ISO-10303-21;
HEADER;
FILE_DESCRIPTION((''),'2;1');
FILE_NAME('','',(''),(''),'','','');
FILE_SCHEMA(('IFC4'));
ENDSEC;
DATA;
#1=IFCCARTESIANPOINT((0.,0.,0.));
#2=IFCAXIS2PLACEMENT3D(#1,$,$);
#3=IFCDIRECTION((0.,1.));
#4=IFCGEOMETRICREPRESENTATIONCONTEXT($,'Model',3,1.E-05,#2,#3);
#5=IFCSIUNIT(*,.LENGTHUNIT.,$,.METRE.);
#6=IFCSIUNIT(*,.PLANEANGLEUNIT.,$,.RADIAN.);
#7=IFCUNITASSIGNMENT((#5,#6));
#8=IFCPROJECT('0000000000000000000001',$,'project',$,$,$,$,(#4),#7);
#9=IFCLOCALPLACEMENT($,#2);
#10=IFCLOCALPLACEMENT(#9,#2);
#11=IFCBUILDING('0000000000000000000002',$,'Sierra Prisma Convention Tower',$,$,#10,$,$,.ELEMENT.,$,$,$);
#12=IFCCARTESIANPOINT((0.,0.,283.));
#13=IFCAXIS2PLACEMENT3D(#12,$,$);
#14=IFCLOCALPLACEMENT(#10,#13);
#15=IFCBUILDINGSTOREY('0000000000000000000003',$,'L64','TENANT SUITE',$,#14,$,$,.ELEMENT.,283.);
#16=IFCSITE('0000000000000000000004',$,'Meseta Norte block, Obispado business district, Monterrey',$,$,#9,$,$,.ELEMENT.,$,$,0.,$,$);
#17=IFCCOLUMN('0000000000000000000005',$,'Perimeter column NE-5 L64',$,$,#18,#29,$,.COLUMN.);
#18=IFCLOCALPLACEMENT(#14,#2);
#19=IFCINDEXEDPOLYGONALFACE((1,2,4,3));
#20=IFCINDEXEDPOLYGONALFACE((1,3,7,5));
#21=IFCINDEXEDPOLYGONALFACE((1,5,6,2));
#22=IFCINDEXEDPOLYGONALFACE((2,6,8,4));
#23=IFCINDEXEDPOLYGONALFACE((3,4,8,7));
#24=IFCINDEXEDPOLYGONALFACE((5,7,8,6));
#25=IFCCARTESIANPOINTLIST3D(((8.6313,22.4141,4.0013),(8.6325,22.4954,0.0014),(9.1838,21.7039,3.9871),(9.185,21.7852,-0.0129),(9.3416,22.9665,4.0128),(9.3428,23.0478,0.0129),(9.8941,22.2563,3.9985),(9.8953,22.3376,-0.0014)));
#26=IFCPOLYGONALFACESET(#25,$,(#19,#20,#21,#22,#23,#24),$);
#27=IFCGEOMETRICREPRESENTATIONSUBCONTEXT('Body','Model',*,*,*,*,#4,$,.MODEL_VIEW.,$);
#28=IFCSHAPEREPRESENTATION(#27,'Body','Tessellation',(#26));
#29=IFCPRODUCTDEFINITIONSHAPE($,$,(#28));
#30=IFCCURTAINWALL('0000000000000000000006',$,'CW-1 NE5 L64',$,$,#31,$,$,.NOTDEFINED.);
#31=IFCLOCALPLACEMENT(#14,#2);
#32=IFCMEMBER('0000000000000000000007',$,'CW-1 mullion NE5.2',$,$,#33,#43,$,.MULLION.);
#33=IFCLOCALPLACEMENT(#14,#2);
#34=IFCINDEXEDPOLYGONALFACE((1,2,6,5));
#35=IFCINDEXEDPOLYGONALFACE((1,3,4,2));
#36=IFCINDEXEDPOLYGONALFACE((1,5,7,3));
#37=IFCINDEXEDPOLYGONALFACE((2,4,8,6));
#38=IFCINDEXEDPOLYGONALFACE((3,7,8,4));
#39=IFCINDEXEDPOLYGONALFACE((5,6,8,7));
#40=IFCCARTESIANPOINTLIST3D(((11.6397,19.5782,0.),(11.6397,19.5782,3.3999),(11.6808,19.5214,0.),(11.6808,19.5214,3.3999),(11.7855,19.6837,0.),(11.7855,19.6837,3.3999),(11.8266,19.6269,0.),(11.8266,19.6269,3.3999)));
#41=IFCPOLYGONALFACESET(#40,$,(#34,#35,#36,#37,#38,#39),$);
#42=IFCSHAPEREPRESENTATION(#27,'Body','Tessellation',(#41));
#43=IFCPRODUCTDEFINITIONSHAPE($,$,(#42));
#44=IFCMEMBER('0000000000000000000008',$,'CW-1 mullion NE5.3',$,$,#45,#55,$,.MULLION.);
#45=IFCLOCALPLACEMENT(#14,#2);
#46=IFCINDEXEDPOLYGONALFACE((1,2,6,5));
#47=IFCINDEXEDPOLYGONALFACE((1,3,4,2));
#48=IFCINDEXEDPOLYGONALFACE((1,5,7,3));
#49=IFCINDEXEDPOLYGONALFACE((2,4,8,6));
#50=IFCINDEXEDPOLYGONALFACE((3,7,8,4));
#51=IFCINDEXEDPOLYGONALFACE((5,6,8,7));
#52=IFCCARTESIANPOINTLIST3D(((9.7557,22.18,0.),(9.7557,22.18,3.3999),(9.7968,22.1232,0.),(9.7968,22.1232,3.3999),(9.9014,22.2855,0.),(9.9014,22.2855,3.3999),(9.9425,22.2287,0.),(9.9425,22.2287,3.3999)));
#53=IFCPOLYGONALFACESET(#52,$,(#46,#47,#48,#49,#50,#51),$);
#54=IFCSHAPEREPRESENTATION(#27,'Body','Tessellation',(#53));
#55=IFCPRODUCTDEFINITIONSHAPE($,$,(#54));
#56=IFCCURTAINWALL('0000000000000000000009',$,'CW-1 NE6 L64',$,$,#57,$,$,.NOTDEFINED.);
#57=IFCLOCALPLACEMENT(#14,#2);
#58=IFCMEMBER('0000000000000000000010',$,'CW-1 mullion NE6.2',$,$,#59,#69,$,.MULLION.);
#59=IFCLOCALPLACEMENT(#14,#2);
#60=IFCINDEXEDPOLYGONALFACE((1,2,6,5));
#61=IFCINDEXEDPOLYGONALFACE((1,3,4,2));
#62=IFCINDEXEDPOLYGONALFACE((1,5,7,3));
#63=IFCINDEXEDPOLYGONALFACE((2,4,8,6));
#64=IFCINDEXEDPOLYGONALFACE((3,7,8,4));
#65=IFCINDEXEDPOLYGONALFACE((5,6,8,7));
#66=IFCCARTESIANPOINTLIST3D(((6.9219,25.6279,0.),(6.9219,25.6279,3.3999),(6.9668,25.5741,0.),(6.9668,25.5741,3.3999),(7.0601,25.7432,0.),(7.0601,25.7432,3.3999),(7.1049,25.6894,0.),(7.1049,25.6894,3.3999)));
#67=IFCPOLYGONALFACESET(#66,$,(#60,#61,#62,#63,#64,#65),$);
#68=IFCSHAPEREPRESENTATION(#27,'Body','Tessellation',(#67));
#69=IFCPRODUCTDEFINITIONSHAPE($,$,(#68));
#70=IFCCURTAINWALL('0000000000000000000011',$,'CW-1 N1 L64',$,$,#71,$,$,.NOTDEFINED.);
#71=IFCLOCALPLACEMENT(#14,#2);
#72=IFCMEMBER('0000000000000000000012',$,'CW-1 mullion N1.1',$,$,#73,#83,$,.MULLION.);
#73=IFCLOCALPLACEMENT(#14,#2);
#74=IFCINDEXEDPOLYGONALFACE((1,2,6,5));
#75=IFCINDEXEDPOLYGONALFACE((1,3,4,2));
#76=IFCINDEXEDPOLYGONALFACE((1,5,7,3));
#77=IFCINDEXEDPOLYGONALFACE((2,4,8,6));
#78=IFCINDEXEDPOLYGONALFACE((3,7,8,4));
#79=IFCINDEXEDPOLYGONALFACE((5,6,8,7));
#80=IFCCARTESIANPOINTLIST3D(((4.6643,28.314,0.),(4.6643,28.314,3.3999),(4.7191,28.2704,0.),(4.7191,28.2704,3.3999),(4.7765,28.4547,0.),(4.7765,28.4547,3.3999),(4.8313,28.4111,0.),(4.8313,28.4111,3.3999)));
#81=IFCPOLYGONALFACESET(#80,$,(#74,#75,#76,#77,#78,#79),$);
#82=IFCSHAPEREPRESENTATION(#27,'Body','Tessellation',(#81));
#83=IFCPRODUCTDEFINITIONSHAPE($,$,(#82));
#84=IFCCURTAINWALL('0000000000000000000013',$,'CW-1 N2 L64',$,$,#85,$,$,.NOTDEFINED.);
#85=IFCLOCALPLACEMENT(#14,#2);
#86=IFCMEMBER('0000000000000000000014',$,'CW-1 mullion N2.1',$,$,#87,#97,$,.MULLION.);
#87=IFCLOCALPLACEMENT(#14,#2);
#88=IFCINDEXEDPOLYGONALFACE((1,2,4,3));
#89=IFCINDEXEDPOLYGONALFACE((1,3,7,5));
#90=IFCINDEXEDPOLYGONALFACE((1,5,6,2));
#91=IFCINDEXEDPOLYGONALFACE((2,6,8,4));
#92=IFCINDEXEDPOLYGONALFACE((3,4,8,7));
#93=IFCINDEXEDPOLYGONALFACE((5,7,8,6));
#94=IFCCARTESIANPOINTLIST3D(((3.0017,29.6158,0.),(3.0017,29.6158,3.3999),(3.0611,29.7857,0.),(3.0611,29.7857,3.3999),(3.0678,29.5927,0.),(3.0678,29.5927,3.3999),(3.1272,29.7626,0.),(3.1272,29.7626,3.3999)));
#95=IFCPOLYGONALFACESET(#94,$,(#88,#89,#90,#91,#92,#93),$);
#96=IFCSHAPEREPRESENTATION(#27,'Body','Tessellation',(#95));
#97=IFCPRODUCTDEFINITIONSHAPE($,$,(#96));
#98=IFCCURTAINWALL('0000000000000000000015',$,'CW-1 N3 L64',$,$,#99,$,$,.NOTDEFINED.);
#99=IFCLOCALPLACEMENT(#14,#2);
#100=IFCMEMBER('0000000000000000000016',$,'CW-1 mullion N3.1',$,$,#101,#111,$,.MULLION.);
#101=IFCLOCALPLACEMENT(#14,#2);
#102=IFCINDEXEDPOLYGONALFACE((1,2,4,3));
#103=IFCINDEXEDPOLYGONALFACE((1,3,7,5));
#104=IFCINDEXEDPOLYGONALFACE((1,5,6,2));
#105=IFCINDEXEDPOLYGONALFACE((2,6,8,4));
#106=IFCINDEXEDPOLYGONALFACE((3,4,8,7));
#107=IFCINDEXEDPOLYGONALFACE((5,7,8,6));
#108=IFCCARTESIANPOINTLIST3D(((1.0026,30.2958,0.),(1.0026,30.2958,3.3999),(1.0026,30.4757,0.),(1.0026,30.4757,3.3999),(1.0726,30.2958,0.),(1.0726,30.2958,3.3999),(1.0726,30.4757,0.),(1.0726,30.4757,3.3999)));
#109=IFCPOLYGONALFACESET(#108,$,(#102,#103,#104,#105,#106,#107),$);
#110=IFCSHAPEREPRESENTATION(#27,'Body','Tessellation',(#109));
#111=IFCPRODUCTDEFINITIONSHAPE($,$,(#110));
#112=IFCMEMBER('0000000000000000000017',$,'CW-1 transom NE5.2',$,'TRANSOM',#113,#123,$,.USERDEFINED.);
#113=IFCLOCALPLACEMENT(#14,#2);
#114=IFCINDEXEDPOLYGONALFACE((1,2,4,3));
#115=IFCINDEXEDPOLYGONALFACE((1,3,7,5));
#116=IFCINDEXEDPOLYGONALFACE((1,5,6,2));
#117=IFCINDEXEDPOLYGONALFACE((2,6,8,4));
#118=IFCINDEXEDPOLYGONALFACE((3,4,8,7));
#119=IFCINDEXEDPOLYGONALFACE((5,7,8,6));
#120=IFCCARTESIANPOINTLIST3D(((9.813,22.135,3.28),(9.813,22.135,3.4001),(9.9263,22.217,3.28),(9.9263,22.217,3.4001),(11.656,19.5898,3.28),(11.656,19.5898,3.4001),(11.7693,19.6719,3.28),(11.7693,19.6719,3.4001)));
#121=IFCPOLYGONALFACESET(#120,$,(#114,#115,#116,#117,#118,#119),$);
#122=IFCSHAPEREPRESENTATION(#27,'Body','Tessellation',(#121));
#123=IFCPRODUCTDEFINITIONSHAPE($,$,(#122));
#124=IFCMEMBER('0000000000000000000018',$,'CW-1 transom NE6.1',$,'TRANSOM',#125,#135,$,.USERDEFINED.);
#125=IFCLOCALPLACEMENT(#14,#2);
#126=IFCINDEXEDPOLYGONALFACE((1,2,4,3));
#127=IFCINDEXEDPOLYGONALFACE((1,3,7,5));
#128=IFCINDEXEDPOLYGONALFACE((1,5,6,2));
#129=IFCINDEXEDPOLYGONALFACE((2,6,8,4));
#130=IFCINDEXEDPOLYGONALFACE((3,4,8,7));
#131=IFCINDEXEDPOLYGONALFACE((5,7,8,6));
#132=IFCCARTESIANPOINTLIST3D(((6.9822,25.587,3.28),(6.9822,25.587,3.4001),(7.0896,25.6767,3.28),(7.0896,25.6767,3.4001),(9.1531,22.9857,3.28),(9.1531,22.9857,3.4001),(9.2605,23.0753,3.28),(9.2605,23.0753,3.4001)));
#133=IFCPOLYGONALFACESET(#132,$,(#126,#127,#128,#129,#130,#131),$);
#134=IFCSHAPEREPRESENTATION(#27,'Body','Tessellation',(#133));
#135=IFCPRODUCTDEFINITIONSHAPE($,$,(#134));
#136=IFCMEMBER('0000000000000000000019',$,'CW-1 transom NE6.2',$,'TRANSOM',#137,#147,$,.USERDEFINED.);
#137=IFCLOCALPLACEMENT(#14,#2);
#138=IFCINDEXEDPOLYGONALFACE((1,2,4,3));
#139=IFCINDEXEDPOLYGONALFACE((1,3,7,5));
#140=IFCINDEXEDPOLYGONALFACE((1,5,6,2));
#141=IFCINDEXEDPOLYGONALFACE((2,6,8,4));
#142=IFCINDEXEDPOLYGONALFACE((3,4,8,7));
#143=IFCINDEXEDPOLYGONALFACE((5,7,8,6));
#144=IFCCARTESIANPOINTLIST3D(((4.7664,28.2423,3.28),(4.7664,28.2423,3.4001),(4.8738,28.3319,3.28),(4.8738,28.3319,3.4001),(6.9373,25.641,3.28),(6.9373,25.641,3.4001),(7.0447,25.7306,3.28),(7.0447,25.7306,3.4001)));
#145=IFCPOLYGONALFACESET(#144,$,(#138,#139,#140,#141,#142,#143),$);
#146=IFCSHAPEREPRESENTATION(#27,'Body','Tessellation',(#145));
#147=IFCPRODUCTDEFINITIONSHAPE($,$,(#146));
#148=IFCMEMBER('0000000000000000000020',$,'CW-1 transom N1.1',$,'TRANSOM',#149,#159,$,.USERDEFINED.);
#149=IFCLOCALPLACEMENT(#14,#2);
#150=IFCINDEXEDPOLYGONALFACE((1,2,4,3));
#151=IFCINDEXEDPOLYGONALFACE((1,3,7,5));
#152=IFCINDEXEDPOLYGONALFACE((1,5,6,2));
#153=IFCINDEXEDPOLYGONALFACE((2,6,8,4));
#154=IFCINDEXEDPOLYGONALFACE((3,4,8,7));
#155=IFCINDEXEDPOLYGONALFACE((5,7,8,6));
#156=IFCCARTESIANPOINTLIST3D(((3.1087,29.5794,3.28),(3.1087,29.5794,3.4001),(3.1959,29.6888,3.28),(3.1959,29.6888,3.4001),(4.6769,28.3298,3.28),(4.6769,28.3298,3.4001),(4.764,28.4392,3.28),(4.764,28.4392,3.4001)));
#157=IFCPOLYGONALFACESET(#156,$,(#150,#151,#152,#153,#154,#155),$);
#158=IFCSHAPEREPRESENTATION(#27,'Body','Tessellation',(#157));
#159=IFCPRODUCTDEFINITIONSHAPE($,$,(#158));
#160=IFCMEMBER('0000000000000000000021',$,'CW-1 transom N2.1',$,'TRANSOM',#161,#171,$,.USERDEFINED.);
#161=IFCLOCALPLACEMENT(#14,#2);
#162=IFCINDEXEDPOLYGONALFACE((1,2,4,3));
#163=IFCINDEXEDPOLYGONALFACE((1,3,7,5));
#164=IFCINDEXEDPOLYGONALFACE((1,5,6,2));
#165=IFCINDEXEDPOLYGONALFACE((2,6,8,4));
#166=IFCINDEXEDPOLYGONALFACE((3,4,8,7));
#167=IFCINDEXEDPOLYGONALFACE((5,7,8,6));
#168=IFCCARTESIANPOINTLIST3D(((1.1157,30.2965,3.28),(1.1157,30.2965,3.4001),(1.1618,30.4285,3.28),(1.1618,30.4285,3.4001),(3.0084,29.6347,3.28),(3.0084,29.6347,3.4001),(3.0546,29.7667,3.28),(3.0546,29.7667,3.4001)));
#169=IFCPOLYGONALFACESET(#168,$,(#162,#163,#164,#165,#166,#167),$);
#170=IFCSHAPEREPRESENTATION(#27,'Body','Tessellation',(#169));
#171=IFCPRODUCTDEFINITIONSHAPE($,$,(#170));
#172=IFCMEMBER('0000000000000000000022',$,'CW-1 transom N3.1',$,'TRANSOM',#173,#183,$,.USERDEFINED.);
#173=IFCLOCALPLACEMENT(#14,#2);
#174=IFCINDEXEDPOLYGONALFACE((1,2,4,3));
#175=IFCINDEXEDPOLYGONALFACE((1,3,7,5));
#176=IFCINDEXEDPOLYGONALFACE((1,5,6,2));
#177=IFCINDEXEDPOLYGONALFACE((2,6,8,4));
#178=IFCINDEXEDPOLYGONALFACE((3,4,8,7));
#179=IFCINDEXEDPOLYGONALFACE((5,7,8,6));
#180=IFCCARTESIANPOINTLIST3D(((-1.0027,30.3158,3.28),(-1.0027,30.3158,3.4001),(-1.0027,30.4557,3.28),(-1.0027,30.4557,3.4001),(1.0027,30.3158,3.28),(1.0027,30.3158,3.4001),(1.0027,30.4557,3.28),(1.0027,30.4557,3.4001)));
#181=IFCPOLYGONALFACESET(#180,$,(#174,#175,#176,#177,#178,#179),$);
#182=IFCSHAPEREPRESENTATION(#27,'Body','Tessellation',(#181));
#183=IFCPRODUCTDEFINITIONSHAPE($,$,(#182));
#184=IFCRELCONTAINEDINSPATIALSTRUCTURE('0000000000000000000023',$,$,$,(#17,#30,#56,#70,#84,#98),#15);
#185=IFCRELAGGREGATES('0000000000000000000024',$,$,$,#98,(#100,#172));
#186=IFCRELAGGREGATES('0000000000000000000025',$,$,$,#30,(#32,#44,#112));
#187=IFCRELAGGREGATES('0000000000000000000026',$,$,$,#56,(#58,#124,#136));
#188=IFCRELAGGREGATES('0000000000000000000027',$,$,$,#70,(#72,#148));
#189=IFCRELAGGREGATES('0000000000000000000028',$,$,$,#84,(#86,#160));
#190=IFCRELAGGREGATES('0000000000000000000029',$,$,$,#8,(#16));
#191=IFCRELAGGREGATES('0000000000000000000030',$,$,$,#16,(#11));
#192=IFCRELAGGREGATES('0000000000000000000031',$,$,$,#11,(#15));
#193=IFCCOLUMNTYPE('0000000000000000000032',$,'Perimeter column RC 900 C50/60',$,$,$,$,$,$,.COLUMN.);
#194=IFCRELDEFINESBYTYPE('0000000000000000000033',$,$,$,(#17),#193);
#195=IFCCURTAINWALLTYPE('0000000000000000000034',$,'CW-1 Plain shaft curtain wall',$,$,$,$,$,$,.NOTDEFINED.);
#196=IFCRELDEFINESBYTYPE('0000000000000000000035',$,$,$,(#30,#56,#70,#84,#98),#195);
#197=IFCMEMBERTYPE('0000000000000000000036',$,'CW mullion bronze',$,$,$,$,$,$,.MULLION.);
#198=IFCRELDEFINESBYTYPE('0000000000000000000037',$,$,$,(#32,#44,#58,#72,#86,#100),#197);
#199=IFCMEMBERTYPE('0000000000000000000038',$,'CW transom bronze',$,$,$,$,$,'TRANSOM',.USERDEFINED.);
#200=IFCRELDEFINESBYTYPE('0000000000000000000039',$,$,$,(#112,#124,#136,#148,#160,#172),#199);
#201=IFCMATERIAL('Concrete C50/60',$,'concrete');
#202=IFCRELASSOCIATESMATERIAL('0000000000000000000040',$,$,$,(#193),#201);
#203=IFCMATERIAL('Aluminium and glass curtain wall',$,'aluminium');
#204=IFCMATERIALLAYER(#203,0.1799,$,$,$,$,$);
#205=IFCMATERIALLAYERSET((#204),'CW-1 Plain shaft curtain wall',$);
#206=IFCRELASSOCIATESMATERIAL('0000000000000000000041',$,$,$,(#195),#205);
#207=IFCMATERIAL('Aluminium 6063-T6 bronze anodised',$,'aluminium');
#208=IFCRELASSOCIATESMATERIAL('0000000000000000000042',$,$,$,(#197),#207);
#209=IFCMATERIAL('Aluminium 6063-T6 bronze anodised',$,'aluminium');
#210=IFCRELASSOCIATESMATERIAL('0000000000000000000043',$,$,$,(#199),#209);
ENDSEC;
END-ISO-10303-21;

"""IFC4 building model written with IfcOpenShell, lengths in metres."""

from ifc_helpers import new_model, si_unit, direction, frame, origin, origin_2d, place, context, subcontext, project, spatial, rectangle, extrude, material, layer, layer_set, material_profile, profile_set, type_object, element, aggregate, save


model = new_model("IFC4")

# Units and contexts
model_context = context("Model", 3, precision=1e-05, world=origin(), true_north=direction((0.0, 1.0)))
body_context = subcontext(model_context, "Body", "Model", "MODEL_VIEW")
ifc_project = project(units=[si_unit("LENGTHUNIT", "METRE"), si_unit("PLANEANGLEUNIT", "RADIAN")], contexts=[model_context])

# Site, building, storey
site_placement = place(None, origin())
site = spatial("IfcSite", under=ifc_project, at=site_placement, Name="Meseta Norte block, Obispado business district, Monterrey", CompositionType="ELEMENT", RefElevation=0.0)
building_placement = place(site_placement, origin())
building = spatial("IfcBuilding", under=site, at=building_placement, Name="Sierra Prisma Convention Tower", CompositionType="ELEMENT")
storey_placement = place(building_placement, frame((0.0, 0.0, 283.0)))
storey = spatial("IfcBuildingStorey", under=building, at=storey_placement, Name="L64", Description="TENANT SUITE", CompositionType="ELEMENT", Elevation=283.0)

# Column
ifc_material_1 = material(Name="Concrete C50/60", Category="concrete")
ifc_material_profile_1 = material_profile(ifc_material_1, rectangle(XDim=0.8999, YDim=0.8999, at=origin_2d()), Name="Perimeter column RC 900 C50/60")
ifc_profile_set_1 = profile_set([ifc_material_profile_1], Name="Concrete C50/60")
column_type = type_object("IfcColumnType", Name="Perimeter column RC 900 C50/60", PredefinedType="COLUMN", material=ifc_profile_set_1)
column_placement = place(storey_placement, frame((9.2639, 22.4165, 0.0), z_axis=(-0.000305, -0.020321, 0.999793), x_axis=(-0.613971, 0.789169, 0.015852)))
element("IfcColumn", 1, at=column_placement, inside=storey, type_object=column_type, Name="Perimeter column NE-5 L64", PredefinedType="COLUMN", context=body_context, shape_type="SweptSolid", body=[
    extrude(rectangle(XDim=0.8999, YDim=0.8999, at=origin_2d()), origin(), (0.0, 0.0, 1.0), 4.0007),
])

# Curtain wall, members
ifc_material_2 = material(Name="Aluminium and glass curtain wall", Category="aluminium")
ifc_layer_1 = layer(ifc_material_2, 0.1799)
ifc_layer_set_1 = layer_set([ifc_layer_1], Name="CW-1 Plain shaft curtain wall")
curtain_wall_type = type_object("IfcCurtainWallType", Name="CW-1 Plain shaft curtain wall", PredefinedType="NOTDEFINED", material=ifc_layer_set_1)
curtain_wall_1_placement = place(storey_placement, origin())
curtain_wall_1 = element("IfcCurtainWall", 2, at=curtain_wall_1_placement, inside=storey, type_object=curtain_wall_type, Name="CW-1 NE5 L64", PredefinedType="NOTDEFINED")
ifc_material_3 = material(Name="Aluminium 6063-T6 bronze anodised", Category="aluminium")
ifc_material_profile_2 = material_profile(ifc_material_3, rectangle(XDim=0.1799, YDim=0.0701, at=origin_2d()), Name="ALU MULLION 70x180")
ifc_profile_set_2 = profile_set([ifc_material_profile_2], Name="Aluminium 6063-T6 bronze anodised")
member_type_1 = type_object("IfcMemberType", Name="CW mullion bronze", PredefinedType="MULLION", material=ifc_profile_set_2)
member_1_placement = place(storey_placement, frame((11.7332, 19.6025, 0.0), z_axis=(0.0, 0.0, 1.0), x_axis=(-0.809961, -0.586484, 0.0)))
member_1 = element("IfcMember", 3, at=member_1_placement, type_object=member_type_1, Name="CW-1 mullion NE5.2", PredefinedType="MULLION", context=body_context, shape_type="SweptSolid", body=[
    extrude(rectangle(XDim=0.1799, YDim=0.0701, at=origin_2d()), origin(), (0.0, 0.0, 1.0), 3.3999),
])
member_2_placement = place(storey_placement, frame((9.8491, 22.2043, 0.0), z_axis=(0.0, 0.0, 1.0), x_axis=(-0.809961, -0.586484, 0.0)))
member_2 = element("IfcMember", 4, at=member_2_placement, type_object=member_type_1, Name="CW-1 mullion NE5.3", PredefinedType="MULLION", context=body_context, shape_type="SweptSolid", body=[
    extrude(rectangle(XDim=0.1799, YDim=0.0701, at=origin_2d()), origin(), (0.0, 0.0, 1.0), 3.3999),
])

# Curtain walls, members
curtain_wall_2_placement = place(storey_placement, origin())
curtain_wall_2 = element("IfcCurtainWall", 5, at=curtain_wall_2_placement, inside=storey, type_object=curtain_wall_type, Name="CW-1 NE6 L64", PredefinedType="NOTDEFINED")
member_3_placement = place(storey_placement, frame((7.0134, 25.6587, 0.0), z_axis=(0.0, 0.0, 1.0), x_axis=(-0.767764, -0.640733, 0.0)))
member_3 = element("IfcMember", 6, at=member_3_placement, type_object=member_type_1, Name="CW-1 mullion NE6.2", PredefinedType="MULLION", context=body_context, shape_type="SweptSolid", body=[
    extrude(rectangle(XDim=0.1799, YDim=0.0701, at=origin_2d()), origin(), (0.0, 0.0, 1.0), 3.3999),
])
curtain_wall_3_placement = place(storey_placement, origin())
curtain_wall_3 = element("IfcCurtainWall", 7, at=curtain_wall_3_placement, inside=storey, type_object=curtain_wall_type, Name="CW-1 N1 L64", PredefinedType="NOTDEFINED")
member_4_placement = place(storey_placement, frame((4.7478, 28.3625, 0.0), z_axis=(0.0, 0.0, 1.0), x_axis=(-0.623161, -0.782093, 0.0)))
member_4 = element("IfcMember", 8, at=member_4_placement, type_object=member_type_1, Name="CW-1 mullion N1.1", PredefinedType="MULLION", context=body_context, shape_type="SweptSolid", body=[
    extrude(rectangle(XDim=0.1799, YDim=0.0701, at=origin_2d()), origin(), (0.0, 0.0, 1.0), 3.3999),
])
curtain_wall_4_placement = place(storey_placement, origin())
curtain_wall_4 = element("IfcCurtainWall", 9, at=curtain_wall_4_placement, inside=storey, type_object=curtain_wall_type, Name="CW-1 N2 L64", PredefinedType="NOTDEFINED")
member_5_placement = place(storey_placement, frame((3.0645, 29.6892, 0.0), z_axis=(0.0, 0.0, 1.0), x_axis=(-0.330081, -0.943953, 0.0)))
member_5 = element("IfcMember", 10, at=member_5_placement, type_object=member_type_1, Name="CW-1 mullion N2.1", PredefinedType="MULLION", context=body_context, shape_type="SweptSolid", body=[
    extrude(rectangle(XDim=0.1799, YDim=0.0701, at=origin_2d()), origin(), (0.0, 0.0, 1.0), 3.3999),
])
curtain_wall_5_placement = place(storey_placement, origin())
curtain_wall_5 = element("IfcCurtainWall", 11, at=curtain_wall_5_placement, inside=storey, type_object=curtain_wall_type, Name="CW-1 N3 L64", PredefinedType="NOTDEFINED")
member_6_placement = place(storey_placement, frame((1.0376, 30.3857, 0.0), z_axis=(0.0, 0.0, 1.0), x_axis=(0.0, -1.0, 0.0)))
member_6 = element("IfcMember", 12, at=member_6_placement, type_object=member_type_1, Name="CW-1 mullion N3.1", PredefinedType="MULLION", context=body_context, shape_type="SweptSolid", body=[
    extrude(rectangle(XDim=0.1799, YDim=0.0701, at=origin_2d()), origin(), (0.0, 0.0, 1.0), 3.3999),
])

# Members
ifc_material_4 = material(Name="Aluminium 6063-T6 bronze anodised", Category="aluminium")
ifc_material_profile_3 = material_profile(ifc_material_4, rectangle(XDim=0.1399, YDim=0.1201, at=origin_2d()), Name="ALU TRANSOM 120x140")
ifc_profile_set_3 = profile_set([ifc_material_profile_3], Name="Aluminium 6063-T6 bronze anodised")
member_type_2 = type_object("IfcMemberType", Name="CW transom bronze", ElementType="TRANSOM", PredefinedType="USERDEFINED", material=ifc_profile_set_3)
member_7_placement = place(storey_placement, frame((11.7126, 19.6309, 3.3401), z_axis=(-0.586503, 0.809947, 0.0), x_axis=(-0.809947, -0.586503, 0.0)))
member_7 = element("IfcMember", 13, at=member_7_placement, type_object=member_type_2, Name="CW-1 transom NE5.2", ObjectType="TRANSOM", PredefinedType="USERDEFINED", context=body_context, shape_type="SweptSolid", body=[
    extrude(rectangle(XDim=0.1399, YDim=0.1201, at=origin_2d()), origin(), (0.0, 0.0, 1.0), 3.1423),
])
member_8_placement = place(storey_placement, frame((9.2068, 23.0305, 3.3401), z_axis=(-0.64073, 0.767766, 0.0), x_axis=(-0.767766, -0.64073, 0.0)))
member_8 = element("IfcMember", 14, at=member_8_placement, type_object=member_type_2, Name="CW-1 transom NE6.1", ObjectType="TRANSOM", PredefinedType="USERDEFINED", context=body_context, shape_type="SweptSolid", body=[
    extrude(rectangle(XDim=0.1399, YDim=0.1201, at=origin_2d()), origin(), (0.0, 0.0, 1.0), 3.3882),
])
member_9_placement = place(storey_placement, frame((6.991, 25.6858, 3.3401), z_axis=(-0.64073, 0.767766, 0.0), x_axis=(-0.767766, -0.64073, 0.0)))
member_9 = element("IfcMember", 15, at=member_9_placement, type_object=member_type_2, Name="CW-1 transom NE6.2", ObjectType="TRANSOM", PredefinedType="USERDEFINED", context=body_context, shape_type="SweptSolid", body=[
    extrude(rectangle(XDim=0.1399, YDim=0.1201, at=origin_2d()), origin(), (0.0, 0.0, 1.0), 3.3882),
])
member_10_placement = place(storey_placement, frame((4.7205, 28.3845, 3.3401), z_axis=(-0.782079, 0.623179, 0.0), x_axis=(-0.623179, -0.782079, 0.0)))
member_10 = element("IfcMember", 16, at=member_10_placement, type_object=member_type_2, Name="CW-1 transom N1.1", ObjectType="TRANSOM", PredefinedType="USERDEFINED", context=body_context, shape_type="SweptSolid", body=[
    extrude(rectangle(XDim=0.1399, YDim=0.1201, at=origin_2d()), origin(), (0.0, 0.0, 1.0), 2.0051),
])
member_11_placement = place(storey_placement, frame((3.0315, 29.7007, 3.3401), z_axis=(-0.943955, 0.330074, 0.0), x_axis=(-0.330074, -0.943955, 0.0)))
member_11 = element("IfcMember", 17, at=member_11_placement, type_object=member_type_2, Name="CW-1 transom N2.1", ObjectType="TRANSOM", PredefinedType="USERDEFINED", context=body_context, shape_type="SweptSolid", body=[
    extrude(rectangle(XDim=0.1399, YDim=0.1201, at=origin_2d()), origin(), (0.0, 0.0, 1.0), 2.0051),
])
member_12_placement = place(storey_placement, frame((1.0027, 30.3857, 3.3401), z_axis=(-1.0, 0.0, 0.0), x_axis=(0.0, -1.0, 0.0)))
member_12 = element("IfcMember", 18, at=member_12_placement, type_object=member_type_2, Name="CW-1 transom N3.1", ObjectType="TRANSOM", PredefinedType="USERDEFINED", context=body_context, shape_type="SweptSolid", body=[
    extrude(rectangle(XDim=0.1399, YDim=0.1201, at=origin_2d()), origin(), (0.0, 0.0, 1.0), 2.0054),
])
aggregate(curtain_wall_5, [member_6, member_12])

aggregate(curtain_wall_1, [member_1, member_2, member_7])
aggregate(curtain_wall_2, [member_3, member_8, member_9])
aggregate(curtain_wall_3, [member_4, member_10])
aggregate(curtain_wall_4, [member_5, member_11])

save(model, "model.ifc")
